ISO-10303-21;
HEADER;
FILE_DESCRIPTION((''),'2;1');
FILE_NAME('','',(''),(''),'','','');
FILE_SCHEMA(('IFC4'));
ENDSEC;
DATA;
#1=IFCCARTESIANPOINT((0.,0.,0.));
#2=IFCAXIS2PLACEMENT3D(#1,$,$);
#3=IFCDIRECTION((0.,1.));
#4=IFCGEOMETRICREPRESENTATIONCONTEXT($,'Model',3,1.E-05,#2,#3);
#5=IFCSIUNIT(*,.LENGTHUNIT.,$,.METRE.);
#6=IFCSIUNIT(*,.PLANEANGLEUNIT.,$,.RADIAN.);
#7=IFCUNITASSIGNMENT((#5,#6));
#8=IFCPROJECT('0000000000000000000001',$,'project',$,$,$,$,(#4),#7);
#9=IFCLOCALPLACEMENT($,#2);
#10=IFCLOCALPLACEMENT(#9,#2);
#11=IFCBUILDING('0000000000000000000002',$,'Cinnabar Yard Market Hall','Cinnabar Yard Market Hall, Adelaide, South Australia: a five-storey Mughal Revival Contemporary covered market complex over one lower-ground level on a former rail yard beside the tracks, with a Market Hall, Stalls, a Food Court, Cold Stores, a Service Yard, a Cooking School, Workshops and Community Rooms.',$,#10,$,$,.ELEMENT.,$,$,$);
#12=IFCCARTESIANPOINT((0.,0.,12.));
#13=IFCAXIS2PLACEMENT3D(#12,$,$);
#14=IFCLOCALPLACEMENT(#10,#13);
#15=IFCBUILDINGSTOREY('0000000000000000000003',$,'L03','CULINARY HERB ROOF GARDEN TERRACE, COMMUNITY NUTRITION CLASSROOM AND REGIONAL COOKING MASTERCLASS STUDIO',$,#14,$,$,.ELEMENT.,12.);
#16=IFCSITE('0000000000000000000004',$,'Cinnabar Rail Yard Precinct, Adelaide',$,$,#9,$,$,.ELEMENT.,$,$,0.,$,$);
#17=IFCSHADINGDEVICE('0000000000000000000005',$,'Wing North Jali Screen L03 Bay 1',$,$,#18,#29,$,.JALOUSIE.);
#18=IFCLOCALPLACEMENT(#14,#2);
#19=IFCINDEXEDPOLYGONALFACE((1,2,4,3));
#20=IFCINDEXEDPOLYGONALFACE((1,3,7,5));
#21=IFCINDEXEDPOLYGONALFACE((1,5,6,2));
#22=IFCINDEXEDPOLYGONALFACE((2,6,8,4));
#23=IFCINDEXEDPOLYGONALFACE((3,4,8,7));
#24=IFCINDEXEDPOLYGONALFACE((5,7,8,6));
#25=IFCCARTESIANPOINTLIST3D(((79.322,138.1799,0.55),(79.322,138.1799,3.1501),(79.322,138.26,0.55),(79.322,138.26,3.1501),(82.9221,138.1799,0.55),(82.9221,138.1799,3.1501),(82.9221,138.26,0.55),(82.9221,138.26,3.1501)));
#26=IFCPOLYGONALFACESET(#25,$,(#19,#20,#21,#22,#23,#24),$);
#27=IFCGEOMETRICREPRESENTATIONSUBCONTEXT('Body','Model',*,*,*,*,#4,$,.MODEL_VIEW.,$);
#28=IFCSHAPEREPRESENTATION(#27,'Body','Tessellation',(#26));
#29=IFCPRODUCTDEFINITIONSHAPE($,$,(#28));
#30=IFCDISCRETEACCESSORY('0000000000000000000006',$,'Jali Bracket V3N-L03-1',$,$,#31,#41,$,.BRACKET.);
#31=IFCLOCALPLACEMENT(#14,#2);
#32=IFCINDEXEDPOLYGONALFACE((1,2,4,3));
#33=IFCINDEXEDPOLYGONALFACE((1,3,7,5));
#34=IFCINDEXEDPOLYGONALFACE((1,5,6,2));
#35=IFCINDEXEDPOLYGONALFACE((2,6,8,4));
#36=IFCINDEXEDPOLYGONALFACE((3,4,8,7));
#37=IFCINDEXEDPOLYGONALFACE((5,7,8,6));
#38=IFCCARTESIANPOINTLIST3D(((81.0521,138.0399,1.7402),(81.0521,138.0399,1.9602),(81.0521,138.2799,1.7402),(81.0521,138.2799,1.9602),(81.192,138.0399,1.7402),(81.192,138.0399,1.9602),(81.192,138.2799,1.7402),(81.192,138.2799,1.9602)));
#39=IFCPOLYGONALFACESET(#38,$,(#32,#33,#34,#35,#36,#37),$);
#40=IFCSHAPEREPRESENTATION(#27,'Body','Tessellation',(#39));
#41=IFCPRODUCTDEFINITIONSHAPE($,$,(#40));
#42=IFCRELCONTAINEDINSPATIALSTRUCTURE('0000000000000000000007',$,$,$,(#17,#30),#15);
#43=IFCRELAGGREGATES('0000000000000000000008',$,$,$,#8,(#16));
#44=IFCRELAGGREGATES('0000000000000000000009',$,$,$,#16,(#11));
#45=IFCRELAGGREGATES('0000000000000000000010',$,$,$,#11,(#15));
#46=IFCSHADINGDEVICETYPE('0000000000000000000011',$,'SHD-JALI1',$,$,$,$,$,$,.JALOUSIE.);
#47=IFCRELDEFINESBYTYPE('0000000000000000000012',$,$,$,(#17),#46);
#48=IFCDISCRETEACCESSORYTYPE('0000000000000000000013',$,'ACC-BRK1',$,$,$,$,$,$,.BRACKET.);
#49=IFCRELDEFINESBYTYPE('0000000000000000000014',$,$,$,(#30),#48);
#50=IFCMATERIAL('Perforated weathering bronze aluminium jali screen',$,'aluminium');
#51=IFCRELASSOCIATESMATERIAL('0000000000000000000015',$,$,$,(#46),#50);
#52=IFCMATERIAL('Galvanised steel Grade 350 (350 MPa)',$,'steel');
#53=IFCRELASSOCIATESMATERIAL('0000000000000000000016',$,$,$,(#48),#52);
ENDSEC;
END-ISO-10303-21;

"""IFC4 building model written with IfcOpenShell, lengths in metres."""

from ifc_helpers import new_model, si_unit, direction, frame, origin, origin_2d_with_axis, place, context, subcontext, project, spatial, rectangle, extrude, material, type_object, element, save


model = new_model("IFC4")

# Units and contexts
model_context = context("Model", 3, precision=1e-05, world=origin(), true_north=direction((0.0, 1.0)))
body_context = subcontext(model_context, "Body", "Model", "MODEL_VIEW")
ifc_project = project(units=[si_unit("LENGTHUNIT", "METRE"), si_unit("PLANEANGLEUNIT", "RADIAN")], contexts=[model_context])

# Site, building, storey
site_placement = place(None, origin())
site = spatial("IfcSite", under=ifc_project, at=site_placement, Name="Cinnabar Rail Yard Precinct, Adelaide", CompositionType="ELEMENT", RefElevation=0.0)
building_placement = place(site_placement, origin())
building = spatial("IfcBuilding", under=site, at=building_placement, Name="Cinnabar Yard Market Hall", Description="Cinnabar Yard Market Hall, Adelaide, South Australia: a five-storey Mughal Revival Contemporary covered market complex over one lower-ground level on a former rail yard beside the tracks, with a Market Hall, Stalls, a Food Court, Cold Stores, a Service Yard, a Cooking School, Workshops and Community Rooms.", CompositionType="ELEMENT")
storey_placement = place(building_placement, frame((0.0, 0.0, 12.0)))
storey = spatial("IfcBuildingStorey", under=building, at=storey_placement, Name="L03", Description="CULINARY HERB ROOF GARDEN TERRACE, COMMUNITY NUTRITION CLASSROOM AND REGIONAL COOKING MASTERCLASS STUDIO", CompositionType="ELEMENT", Elevation=12.0)

# Shading device
ifc_material_1 = material(Name="Perforated weathering bronze aluminium jali screen", Category="aluminium")
shading_device_type = type_object("IfcShadingDeviceType", Name="SHD-JALI1", PredefinedType="JALOUSIE", material=ifc_material_1)
shading_device_placement = place(storey_placement, frame((81.1221, 138.22, 0.55), z_axis=(0.0, 0.0, 1.0), x_axis=(1.0, 0.0, 0.0)))
element("IfcShadingDevice", 1, at=shading_device_placement, inside=storey, type_object=shading_device_type, Name="Wing North Jali Screen L03 Bay 1", PredefinedType="JALOUSIE", context=body_context, shape_type="SweptSolid", body=[
    extrude(rectangle(XDim=3.6001, YDim=0.0801, at=origin_2d_with_axis()), origin(), (0.0, 0.0, 1.0), 2.6001),
])

# Discrete accessory
ifc_material_2 = material(Name="Galvanised steel Grade 350 (350 MPa)", Category="steel")
discrete_accessory_type = type_object("IfcDiscreteAccessoryType", Name="ACC-BRK1", PredefinedType="BRACKET", material=ifc_material_2)
discrete_accessory_placement = place(storey_placement, frame((81.1221, 138.1599, 1.7402), z_axis=(0.0, 0.0, 1.0), x_axis=(1.0, 0.0, 0.0)))
element("IfcDiscreteAccessory", 2, at=discrete_accessory_placement, inside=storey, type_object=discrete_accessory_type, Name="Jali Bracket V3N-L03-1", PredefinedType="BRACKET", context=body_context, shape_type="SweptSolid", body=[
    extrude(rectangle(XDim=0.1399, YDim=0.24, at=origin_2d_with_axis()), origin(), (0.0, 0.0, 1.0), 0.22),
])

save(model, "model.ifc")
